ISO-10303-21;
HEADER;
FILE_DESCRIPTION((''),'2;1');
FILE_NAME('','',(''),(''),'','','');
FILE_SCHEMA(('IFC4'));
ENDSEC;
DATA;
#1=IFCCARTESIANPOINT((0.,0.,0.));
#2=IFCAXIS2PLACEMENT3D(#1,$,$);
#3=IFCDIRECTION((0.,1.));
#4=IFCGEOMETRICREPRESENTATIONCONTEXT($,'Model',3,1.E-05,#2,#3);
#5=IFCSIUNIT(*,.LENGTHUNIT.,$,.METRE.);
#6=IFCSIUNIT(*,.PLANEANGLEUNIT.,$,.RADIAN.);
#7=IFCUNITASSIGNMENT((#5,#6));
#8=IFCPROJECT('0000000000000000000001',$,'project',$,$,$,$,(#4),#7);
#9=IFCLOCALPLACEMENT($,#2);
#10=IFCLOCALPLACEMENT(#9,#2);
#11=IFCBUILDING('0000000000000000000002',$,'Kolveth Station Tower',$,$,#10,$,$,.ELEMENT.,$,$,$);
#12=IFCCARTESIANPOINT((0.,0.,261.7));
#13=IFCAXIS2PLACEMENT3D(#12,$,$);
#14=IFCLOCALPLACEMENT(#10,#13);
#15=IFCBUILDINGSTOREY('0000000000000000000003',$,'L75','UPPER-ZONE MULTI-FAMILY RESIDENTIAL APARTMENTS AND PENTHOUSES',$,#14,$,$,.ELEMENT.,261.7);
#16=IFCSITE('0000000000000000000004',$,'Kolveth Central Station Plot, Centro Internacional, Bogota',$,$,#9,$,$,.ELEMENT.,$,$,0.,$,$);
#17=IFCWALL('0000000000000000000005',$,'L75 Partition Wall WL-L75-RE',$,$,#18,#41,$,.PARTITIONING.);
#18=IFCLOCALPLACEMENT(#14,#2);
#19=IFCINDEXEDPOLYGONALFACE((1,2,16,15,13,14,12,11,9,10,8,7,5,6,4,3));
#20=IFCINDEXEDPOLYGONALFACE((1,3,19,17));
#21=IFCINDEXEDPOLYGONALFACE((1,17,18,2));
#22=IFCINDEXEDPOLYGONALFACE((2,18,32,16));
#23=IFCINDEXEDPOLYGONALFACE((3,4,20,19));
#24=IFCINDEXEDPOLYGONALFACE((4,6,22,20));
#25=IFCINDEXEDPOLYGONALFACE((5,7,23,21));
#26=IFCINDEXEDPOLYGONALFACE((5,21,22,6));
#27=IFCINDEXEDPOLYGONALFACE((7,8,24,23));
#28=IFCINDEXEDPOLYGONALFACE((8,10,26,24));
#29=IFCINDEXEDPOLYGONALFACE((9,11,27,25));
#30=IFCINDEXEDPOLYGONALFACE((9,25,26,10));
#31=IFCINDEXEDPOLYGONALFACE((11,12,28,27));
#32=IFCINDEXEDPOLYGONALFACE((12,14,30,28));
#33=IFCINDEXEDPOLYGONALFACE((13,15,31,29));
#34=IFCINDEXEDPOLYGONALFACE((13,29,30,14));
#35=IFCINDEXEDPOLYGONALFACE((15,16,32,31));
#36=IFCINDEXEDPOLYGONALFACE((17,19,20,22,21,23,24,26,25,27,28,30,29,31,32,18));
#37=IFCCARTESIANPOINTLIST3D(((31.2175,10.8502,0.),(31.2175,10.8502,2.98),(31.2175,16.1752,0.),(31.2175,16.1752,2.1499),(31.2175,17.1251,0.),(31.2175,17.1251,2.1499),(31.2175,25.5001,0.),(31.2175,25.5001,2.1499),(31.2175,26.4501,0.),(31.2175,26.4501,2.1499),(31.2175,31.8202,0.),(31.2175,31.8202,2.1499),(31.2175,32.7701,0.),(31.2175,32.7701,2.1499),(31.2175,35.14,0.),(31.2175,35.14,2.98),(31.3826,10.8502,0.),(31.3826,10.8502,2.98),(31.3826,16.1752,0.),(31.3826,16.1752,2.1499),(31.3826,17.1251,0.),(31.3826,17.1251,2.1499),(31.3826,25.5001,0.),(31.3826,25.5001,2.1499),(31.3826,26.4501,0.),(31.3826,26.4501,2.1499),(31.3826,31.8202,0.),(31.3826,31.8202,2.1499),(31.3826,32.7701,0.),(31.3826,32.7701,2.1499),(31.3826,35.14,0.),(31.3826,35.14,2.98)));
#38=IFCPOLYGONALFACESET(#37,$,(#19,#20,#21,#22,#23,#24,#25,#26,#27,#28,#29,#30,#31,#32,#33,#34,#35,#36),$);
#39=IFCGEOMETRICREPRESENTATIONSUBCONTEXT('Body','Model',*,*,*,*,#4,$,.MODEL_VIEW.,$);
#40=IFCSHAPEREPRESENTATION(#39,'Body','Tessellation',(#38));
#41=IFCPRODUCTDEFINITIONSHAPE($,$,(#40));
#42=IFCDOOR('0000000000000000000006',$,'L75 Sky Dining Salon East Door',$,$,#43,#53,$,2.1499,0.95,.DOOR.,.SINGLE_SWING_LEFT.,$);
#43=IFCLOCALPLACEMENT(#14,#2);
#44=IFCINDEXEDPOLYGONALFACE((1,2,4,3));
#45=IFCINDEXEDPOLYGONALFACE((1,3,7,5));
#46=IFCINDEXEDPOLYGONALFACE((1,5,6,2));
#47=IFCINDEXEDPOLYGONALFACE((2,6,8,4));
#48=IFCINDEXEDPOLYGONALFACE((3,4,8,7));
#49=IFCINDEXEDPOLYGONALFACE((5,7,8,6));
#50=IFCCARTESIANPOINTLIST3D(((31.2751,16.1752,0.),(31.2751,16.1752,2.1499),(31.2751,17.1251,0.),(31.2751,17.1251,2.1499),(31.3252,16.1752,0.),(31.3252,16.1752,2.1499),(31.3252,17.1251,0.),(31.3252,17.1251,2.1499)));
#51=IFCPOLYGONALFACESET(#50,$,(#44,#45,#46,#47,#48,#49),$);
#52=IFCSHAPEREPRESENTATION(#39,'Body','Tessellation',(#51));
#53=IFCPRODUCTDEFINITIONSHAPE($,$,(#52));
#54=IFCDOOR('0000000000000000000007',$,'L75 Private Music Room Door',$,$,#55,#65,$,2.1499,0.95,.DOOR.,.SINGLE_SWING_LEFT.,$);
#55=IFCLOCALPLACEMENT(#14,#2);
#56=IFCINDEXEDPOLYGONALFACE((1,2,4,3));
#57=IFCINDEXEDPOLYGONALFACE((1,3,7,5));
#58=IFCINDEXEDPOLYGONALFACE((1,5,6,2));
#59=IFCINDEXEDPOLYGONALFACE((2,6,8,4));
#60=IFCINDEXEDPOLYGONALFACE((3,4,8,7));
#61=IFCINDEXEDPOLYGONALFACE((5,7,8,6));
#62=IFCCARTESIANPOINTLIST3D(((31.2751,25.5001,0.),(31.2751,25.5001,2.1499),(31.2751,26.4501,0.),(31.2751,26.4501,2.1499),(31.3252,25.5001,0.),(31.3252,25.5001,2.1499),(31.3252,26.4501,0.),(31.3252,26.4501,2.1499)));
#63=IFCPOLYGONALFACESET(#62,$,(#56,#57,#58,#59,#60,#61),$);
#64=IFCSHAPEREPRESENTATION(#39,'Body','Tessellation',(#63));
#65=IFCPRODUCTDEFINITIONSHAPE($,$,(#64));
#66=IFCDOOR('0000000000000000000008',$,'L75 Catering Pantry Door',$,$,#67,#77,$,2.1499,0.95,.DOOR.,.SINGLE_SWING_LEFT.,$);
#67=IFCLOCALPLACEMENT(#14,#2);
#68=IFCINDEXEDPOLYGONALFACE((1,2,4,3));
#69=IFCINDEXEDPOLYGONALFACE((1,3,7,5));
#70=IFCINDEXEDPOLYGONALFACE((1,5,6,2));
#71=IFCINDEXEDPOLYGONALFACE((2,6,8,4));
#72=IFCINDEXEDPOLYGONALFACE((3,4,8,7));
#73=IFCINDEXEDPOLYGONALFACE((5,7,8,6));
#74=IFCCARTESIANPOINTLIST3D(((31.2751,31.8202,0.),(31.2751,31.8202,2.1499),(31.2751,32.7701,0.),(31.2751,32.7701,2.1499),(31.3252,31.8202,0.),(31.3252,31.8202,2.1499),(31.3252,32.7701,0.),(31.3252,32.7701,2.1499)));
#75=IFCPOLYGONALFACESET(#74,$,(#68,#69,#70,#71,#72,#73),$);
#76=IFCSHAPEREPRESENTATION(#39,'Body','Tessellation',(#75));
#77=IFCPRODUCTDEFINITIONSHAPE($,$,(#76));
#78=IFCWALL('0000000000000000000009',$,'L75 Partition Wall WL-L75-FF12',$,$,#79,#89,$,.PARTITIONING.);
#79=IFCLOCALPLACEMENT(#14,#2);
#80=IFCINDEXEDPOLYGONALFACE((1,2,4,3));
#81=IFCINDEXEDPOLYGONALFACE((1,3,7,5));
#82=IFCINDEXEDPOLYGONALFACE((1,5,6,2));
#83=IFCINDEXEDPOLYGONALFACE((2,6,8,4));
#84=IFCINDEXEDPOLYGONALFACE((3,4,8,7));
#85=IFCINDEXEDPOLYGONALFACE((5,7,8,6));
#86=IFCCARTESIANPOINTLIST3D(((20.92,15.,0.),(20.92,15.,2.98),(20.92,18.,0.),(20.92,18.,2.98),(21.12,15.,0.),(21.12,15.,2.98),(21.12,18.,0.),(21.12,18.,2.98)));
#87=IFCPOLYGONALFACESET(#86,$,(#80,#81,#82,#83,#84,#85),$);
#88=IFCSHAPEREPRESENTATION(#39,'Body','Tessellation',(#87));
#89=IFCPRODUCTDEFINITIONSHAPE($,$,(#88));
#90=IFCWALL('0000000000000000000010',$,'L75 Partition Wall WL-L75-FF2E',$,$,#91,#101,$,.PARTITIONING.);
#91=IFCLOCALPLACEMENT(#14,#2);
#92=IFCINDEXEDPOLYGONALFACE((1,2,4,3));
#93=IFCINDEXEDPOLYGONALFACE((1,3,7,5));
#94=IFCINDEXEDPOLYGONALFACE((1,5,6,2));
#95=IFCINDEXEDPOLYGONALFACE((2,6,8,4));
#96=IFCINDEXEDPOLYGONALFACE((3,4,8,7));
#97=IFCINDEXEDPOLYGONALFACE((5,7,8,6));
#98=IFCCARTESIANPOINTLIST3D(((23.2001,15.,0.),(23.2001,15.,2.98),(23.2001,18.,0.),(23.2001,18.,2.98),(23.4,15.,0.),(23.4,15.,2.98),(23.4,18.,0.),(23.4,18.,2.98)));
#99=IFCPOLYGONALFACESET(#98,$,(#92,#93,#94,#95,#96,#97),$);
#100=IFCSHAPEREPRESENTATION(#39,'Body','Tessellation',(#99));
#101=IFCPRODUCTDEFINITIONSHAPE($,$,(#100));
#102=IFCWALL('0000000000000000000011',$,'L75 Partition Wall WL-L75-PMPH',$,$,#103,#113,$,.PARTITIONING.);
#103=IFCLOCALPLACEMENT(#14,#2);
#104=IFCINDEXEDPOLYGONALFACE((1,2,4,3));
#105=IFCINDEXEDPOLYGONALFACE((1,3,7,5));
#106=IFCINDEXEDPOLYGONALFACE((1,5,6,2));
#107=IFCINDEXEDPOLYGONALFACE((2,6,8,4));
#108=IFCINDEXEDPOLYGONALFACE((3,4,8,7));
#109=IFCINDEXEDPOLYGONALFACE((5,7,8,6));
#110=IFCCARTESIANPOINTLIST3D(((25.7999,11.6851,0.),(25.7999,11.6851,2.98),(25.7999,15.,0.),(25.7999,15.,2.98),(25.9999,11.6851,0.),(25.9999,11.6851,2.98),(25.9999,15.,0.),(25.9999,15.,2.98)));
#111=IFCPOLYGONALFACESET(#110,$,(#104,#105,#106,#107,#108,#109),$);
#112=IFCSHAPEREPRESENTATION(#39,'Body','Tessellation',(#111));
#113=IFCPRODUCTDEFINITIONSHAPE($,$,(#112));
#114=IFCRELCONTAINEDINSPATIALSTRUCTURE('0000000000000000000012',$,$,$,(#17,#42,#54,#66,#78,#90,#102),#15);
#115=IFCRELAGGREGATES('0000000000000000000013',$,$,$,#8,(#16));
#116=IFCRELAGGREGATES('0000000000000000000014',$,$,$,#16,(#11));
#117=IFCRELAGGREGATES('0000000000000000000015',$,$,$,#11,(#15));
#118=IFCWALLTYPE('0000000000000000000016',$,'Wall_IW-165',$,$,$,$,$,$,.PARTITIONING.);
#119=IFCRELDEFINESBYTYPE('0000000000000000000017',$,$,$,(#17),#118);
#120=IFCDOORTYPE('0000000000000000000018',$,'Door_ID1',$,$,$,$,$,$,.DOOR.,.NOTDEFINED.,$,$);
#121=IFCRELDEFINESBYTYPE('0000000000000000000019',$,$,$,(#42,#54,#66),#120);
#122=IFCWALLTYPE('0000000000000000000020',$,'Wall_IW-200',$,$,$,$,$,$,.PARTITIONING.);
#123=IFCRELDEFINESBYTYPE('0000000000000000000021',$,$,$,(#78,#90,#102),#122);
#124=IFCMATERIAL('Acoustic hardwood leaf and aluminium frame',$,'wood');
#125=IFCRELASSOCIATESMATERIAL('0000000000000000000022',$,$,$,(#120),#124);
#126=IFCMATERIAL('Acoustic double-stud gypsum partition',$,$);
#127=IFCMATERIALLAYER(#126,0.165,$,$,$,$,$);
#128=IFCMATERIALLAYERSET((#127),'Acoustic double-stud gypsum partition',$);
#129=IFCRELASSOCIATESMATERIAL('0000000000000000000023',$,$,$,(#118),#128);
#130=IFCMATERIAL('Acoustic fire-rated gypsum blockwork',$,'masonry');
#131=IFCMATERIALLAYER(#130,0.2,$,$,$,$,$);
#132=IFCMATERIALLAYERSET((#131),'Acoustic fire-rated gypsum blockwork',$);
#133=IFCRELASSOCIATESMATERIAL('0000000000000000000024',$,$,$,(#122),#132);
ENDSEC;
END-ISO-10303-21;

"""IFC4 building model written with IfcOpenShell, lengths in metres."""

from ifc_helpers import new_model, si_unit, direction, frame, frame_2d, origin, place, context, subcontext, project, spatial, rectangle, extrude, material, layer, layer_set, type_object, element, fill, save


model = new_model("IFC4")

# Units and contexts
model_context = context("Model", 3, precision=1e-05, world=origin(), true_north=direction((0.0, 1.0)))
body_context = subcontext(model_context, "Body", "Model", "MODEL_VIEW")
ifc_project = project(units=[si_unit("LENGTHUNIT", "METRE"), si_unit("PLANEANGLEUNIT", "RADIAN")], contexts=[model_context])

# Site, building, storey
site_placement = place(None, origin())
site = spatial("IfcSite", under=ifc_project, at=site_placement, Name="Kolveth Central Station Plot, Centro Internacional, Bogota", CompositionType="ELEMENT", RefElevation=0.0)
building_placement = place(site_placement, origin())
building = spatial("IfcBuilding", under=site, at=building_placement, Name="Kolveth Station Tower", CompositionType="ELEMENT")
storey_placement = place(building_placement, frame((0.0, 0.0, 261.7)))
storey = spatial("IfcBuildingStorey", under=building, at=storey_placement, Name="L75", Description="UPPER-ZONE MULTI-FAMILY RESIDENTIAL APARTMENTS AND PENTHOUSES", CompositionType="ELEMENT", Elevation=261.7)

# Shared definitions
ifc_material_1 = material(Name="Acoustic hardwood leaf and aluminium frame", Category="wood")
door_type_1 = type_object("IfcDoorType", Name="Door_ID1", OperationType="NOTDEFINED", PredefinedType="DOOR", material=ifc_material_1)

# Shared definitions
ifc_material_2 = material(Name="Acoustic double-stud gypsum partition")
ifc_layer_1 = layer(ifc_material_2, 0.165)
ifc_layer_set_1 = layer_set([ifc_layer_1], Name="Acoustic double-stud gypsum partition")
wall_type_1 = type_object("IfcWallType", Name="Wall_IW-165", PredefinedType="PARTITIONING", material=ifc_layer_set_1)

# Wall, openings, doors
wall_1_placement = place(storey_placement, frame((31.3, 10.8501, 0.0), z_axis=(0.0, 0.0, 1.0), x_axis=(0.0, 1.0, 0.0)))
wall_1 = element("IfcWall", 1, at=wall_1_placement, inside=storey, type_object=wall_type_1, Name="L75 Partition Wall WL-L75-RE", PredefinedType="PARTITIONING", context=body_context, shape_type="SweptSolid", body=[
    extrude(rectangle(XDim=24.2898, YDim=0.165, at=frame_2d((12.145, 0.0))), origin(), (0.0, 0.0, 1.0), 2.98),
])
opening_1_placement = place(wall_1_placement, frame((5.325, 0.0, 0.0)))
opening_1 = element("IfcOpeningElement", 2, at=opening_1_placement, cuts=wall_1, PredefinedType="OPENING", context=body_context, shape_type="SweptSolid", body=[
    extrude(rectangle(XDim=0.95, YDim=2.1499, at=frame_2d((0.4751, 1.075))), frame((0.0, 0.0925, 0.0), z_axis=(0.0, -1.0, 0.0), x_axis=(1.0, 0.0, 0.0)), (0.0, 0.0, 1.0), 0.1851),
])
opening_2_placement = place(wall_1_placement, frame((14.6499, 0.0, 0.0)))
opening_2 = element("IfcOpeningElement", 3, at=opening_2_placement, cuts=wall_1, PredefinedType="OPENING", context=body_context, shape_type="SweptSolid", body=[
    extrude(rectangle(XDim=0.95, YDim=2.1499, at=frame_2d((0.4751, 1.075))), frame((0.0, 0.0925, 0.0), z_axis=(0.0, -1.0, 0.0), x_axis=(1.0, 0.0, 0.0)), (0.0, 0.0, 1.0), 0.1851),
])
opening_3_placement = place(wall_1_placement, frame((20.97, 0.0, 0.0)))
opening_3 = element("IfcOpeningElement", 4, at=opening_3_placement, cuts=wall_1, PredefinedType="OPENING", context=body_context, shape_type="SweptSolid", body=[
    extrude(rectangle(XDim=0.95, YDim=2.1499, at=frame_2d((0.4751, 1.075))), frame((0.0, 0.0925, 0.0), z_axis=(0.0, -1.0, 0.0), x_axis=(1.0, 0.0, 0.0)), (0.0, 0.0, 1.0), 0.1851),
])
door_1_placement = place(opening_1_placement, origin())
door_1 = element("IfcDoor", 5, at=door_1_placement, inside=storey, type_object=door_type_1, Name="L75 Sky Dining Salon East Door", OperationType="SINGLE_SWING_LEFT", OverallHeight=2.1499, OverallWidth=0.95, PredefinedType="DOOR", context=body_context, shape_type="SweptSolid", body=[
    extrude(rectangle(XDim=0.95, YDim=2.1499, at=frame_2d((0.4751, 1.075))), frame((0.0, 0.0249, 0.0), z_axis=(0.0, -1.0, 0.0), x_axis=(1.0, 0.0, 0.0)), (0.0, 0.0, 1.0), 0.05),
])
fill(opening_1, door_1)
door_2_placement = place(opening_2_placement, origin())
door_2 = element("IfcDoor", 6, at=door_2_placement, inside=storey, type_object=door_type_1, Name="L75 Private Music Room Door", OperationType="SINGLE_SWING_LEFT", OverallHeight=2.1499, OverallWidth=0.95, PredefinedType="DOOR", context=body_context, shape_type="SweptSolid", body=[
    extrude(rectangle(XDim=0.95, YDim=2.1499, at=frame_2d((0.4751, 1.075))), frame((0.0, 0.0249, 0.0), z_axis=(0.0, -1.0, 0.0), x_axis=(1.0, 0.0, 0.0)), (0.0, 0.0, 1.0), 0.05),
])
fill(opening_2, door_2)
door_3_placement = place(opening_3_placement, origin())
door_3 = element("IfcDoor", 7, at=door_3_placement, inside=storey, type_object=door_type_1, Name="L75 Catering Pantry Door", OperationType="SINGLE_SWING_LEFT", OverallHeight=2.1499, OverallWidth=0.95, PredefinedType="DOOR", context=body_context, shape_type="SweptSolid", body=[
    extrude(rectangle(XDim=0.95, YDim=2.1499, at=frame_2d((0.4751, 1.075))), frame((0.0, 0.0249, 0.0), z_axis=(0.0, -1.0, 0.0), x_axis=(1.0, 0.0, 0.0)), (0.0, 0.0, 1.0), 0.05),
])
fill(opening_3, door_3)

# Walls
ifc_material_3 = material(Name="Acoustic fire-rated gypsum blockwork", Category="masonry")
ifc_layer_2 = layer(ifc_material_3, 0.2)
ifc_layer_set_2 = layer_set([ifc_layer_2], Name="Acoustic fire-rated gypsum blockwork")
wall_type_2 = type_object("IfcWallType", Name="Wall_IW-200", PredefinedType="PARTITIONING", material=ifc_layer_set_2)
for number, where, z_axis, x_axis, name in (
    (8, (21.02, 15.0, 0.0), (0.0, 0.0, 1.0), (0.0, 1.0, 0.0), "L75 Partition Wall WL-L75-FF12"),
    (9, (23.3, 15.0, 0.0), (0.0, 0.0, 1.0), (0.0, 1.0, 0.0), "L75 Partition Wall WL-L75-FF2E"),
):
    element("IfcWall", number, at=place(storey_placement, frame(where, z_axis=z_axis, x_axis=x_axis)), inside=storey, type_object=wall_type_2, Name=name, PredefinedType="PARTITIONING", context=body_context, shape_type="SweptSolid", body=[
        extrude(rectangle(XDim=3.0, YDim=0.2, at=frame_2d((1.5, 0.0))), origin(), (0.0, 0.0, 1.0), 2.98),
    ])
wall_2_placement = place(storey_placement, frame((25.8999, 11.6851, 0.0), z_axis=(0.0, 0.0, 1.0), x_axis=(0.0, 1.0, 0.0)))
element("IfcWall", 10, at=wall_2_placement, inside=storey, type_object=wall_type_2, Name="L75 Partition Wall WL-L75-PMPH", PredefinedType="PARTITIONING", context=body_context, shape_type="SweptSolid", body=[
    extrude(rectangle(XDim=3.3149, YDim=0.2, at=frame_2d((1.6575, 0.0))), origin(), (0.0, 0.0, 1.0), 2.98),
])

save(model, "model.ifc")
